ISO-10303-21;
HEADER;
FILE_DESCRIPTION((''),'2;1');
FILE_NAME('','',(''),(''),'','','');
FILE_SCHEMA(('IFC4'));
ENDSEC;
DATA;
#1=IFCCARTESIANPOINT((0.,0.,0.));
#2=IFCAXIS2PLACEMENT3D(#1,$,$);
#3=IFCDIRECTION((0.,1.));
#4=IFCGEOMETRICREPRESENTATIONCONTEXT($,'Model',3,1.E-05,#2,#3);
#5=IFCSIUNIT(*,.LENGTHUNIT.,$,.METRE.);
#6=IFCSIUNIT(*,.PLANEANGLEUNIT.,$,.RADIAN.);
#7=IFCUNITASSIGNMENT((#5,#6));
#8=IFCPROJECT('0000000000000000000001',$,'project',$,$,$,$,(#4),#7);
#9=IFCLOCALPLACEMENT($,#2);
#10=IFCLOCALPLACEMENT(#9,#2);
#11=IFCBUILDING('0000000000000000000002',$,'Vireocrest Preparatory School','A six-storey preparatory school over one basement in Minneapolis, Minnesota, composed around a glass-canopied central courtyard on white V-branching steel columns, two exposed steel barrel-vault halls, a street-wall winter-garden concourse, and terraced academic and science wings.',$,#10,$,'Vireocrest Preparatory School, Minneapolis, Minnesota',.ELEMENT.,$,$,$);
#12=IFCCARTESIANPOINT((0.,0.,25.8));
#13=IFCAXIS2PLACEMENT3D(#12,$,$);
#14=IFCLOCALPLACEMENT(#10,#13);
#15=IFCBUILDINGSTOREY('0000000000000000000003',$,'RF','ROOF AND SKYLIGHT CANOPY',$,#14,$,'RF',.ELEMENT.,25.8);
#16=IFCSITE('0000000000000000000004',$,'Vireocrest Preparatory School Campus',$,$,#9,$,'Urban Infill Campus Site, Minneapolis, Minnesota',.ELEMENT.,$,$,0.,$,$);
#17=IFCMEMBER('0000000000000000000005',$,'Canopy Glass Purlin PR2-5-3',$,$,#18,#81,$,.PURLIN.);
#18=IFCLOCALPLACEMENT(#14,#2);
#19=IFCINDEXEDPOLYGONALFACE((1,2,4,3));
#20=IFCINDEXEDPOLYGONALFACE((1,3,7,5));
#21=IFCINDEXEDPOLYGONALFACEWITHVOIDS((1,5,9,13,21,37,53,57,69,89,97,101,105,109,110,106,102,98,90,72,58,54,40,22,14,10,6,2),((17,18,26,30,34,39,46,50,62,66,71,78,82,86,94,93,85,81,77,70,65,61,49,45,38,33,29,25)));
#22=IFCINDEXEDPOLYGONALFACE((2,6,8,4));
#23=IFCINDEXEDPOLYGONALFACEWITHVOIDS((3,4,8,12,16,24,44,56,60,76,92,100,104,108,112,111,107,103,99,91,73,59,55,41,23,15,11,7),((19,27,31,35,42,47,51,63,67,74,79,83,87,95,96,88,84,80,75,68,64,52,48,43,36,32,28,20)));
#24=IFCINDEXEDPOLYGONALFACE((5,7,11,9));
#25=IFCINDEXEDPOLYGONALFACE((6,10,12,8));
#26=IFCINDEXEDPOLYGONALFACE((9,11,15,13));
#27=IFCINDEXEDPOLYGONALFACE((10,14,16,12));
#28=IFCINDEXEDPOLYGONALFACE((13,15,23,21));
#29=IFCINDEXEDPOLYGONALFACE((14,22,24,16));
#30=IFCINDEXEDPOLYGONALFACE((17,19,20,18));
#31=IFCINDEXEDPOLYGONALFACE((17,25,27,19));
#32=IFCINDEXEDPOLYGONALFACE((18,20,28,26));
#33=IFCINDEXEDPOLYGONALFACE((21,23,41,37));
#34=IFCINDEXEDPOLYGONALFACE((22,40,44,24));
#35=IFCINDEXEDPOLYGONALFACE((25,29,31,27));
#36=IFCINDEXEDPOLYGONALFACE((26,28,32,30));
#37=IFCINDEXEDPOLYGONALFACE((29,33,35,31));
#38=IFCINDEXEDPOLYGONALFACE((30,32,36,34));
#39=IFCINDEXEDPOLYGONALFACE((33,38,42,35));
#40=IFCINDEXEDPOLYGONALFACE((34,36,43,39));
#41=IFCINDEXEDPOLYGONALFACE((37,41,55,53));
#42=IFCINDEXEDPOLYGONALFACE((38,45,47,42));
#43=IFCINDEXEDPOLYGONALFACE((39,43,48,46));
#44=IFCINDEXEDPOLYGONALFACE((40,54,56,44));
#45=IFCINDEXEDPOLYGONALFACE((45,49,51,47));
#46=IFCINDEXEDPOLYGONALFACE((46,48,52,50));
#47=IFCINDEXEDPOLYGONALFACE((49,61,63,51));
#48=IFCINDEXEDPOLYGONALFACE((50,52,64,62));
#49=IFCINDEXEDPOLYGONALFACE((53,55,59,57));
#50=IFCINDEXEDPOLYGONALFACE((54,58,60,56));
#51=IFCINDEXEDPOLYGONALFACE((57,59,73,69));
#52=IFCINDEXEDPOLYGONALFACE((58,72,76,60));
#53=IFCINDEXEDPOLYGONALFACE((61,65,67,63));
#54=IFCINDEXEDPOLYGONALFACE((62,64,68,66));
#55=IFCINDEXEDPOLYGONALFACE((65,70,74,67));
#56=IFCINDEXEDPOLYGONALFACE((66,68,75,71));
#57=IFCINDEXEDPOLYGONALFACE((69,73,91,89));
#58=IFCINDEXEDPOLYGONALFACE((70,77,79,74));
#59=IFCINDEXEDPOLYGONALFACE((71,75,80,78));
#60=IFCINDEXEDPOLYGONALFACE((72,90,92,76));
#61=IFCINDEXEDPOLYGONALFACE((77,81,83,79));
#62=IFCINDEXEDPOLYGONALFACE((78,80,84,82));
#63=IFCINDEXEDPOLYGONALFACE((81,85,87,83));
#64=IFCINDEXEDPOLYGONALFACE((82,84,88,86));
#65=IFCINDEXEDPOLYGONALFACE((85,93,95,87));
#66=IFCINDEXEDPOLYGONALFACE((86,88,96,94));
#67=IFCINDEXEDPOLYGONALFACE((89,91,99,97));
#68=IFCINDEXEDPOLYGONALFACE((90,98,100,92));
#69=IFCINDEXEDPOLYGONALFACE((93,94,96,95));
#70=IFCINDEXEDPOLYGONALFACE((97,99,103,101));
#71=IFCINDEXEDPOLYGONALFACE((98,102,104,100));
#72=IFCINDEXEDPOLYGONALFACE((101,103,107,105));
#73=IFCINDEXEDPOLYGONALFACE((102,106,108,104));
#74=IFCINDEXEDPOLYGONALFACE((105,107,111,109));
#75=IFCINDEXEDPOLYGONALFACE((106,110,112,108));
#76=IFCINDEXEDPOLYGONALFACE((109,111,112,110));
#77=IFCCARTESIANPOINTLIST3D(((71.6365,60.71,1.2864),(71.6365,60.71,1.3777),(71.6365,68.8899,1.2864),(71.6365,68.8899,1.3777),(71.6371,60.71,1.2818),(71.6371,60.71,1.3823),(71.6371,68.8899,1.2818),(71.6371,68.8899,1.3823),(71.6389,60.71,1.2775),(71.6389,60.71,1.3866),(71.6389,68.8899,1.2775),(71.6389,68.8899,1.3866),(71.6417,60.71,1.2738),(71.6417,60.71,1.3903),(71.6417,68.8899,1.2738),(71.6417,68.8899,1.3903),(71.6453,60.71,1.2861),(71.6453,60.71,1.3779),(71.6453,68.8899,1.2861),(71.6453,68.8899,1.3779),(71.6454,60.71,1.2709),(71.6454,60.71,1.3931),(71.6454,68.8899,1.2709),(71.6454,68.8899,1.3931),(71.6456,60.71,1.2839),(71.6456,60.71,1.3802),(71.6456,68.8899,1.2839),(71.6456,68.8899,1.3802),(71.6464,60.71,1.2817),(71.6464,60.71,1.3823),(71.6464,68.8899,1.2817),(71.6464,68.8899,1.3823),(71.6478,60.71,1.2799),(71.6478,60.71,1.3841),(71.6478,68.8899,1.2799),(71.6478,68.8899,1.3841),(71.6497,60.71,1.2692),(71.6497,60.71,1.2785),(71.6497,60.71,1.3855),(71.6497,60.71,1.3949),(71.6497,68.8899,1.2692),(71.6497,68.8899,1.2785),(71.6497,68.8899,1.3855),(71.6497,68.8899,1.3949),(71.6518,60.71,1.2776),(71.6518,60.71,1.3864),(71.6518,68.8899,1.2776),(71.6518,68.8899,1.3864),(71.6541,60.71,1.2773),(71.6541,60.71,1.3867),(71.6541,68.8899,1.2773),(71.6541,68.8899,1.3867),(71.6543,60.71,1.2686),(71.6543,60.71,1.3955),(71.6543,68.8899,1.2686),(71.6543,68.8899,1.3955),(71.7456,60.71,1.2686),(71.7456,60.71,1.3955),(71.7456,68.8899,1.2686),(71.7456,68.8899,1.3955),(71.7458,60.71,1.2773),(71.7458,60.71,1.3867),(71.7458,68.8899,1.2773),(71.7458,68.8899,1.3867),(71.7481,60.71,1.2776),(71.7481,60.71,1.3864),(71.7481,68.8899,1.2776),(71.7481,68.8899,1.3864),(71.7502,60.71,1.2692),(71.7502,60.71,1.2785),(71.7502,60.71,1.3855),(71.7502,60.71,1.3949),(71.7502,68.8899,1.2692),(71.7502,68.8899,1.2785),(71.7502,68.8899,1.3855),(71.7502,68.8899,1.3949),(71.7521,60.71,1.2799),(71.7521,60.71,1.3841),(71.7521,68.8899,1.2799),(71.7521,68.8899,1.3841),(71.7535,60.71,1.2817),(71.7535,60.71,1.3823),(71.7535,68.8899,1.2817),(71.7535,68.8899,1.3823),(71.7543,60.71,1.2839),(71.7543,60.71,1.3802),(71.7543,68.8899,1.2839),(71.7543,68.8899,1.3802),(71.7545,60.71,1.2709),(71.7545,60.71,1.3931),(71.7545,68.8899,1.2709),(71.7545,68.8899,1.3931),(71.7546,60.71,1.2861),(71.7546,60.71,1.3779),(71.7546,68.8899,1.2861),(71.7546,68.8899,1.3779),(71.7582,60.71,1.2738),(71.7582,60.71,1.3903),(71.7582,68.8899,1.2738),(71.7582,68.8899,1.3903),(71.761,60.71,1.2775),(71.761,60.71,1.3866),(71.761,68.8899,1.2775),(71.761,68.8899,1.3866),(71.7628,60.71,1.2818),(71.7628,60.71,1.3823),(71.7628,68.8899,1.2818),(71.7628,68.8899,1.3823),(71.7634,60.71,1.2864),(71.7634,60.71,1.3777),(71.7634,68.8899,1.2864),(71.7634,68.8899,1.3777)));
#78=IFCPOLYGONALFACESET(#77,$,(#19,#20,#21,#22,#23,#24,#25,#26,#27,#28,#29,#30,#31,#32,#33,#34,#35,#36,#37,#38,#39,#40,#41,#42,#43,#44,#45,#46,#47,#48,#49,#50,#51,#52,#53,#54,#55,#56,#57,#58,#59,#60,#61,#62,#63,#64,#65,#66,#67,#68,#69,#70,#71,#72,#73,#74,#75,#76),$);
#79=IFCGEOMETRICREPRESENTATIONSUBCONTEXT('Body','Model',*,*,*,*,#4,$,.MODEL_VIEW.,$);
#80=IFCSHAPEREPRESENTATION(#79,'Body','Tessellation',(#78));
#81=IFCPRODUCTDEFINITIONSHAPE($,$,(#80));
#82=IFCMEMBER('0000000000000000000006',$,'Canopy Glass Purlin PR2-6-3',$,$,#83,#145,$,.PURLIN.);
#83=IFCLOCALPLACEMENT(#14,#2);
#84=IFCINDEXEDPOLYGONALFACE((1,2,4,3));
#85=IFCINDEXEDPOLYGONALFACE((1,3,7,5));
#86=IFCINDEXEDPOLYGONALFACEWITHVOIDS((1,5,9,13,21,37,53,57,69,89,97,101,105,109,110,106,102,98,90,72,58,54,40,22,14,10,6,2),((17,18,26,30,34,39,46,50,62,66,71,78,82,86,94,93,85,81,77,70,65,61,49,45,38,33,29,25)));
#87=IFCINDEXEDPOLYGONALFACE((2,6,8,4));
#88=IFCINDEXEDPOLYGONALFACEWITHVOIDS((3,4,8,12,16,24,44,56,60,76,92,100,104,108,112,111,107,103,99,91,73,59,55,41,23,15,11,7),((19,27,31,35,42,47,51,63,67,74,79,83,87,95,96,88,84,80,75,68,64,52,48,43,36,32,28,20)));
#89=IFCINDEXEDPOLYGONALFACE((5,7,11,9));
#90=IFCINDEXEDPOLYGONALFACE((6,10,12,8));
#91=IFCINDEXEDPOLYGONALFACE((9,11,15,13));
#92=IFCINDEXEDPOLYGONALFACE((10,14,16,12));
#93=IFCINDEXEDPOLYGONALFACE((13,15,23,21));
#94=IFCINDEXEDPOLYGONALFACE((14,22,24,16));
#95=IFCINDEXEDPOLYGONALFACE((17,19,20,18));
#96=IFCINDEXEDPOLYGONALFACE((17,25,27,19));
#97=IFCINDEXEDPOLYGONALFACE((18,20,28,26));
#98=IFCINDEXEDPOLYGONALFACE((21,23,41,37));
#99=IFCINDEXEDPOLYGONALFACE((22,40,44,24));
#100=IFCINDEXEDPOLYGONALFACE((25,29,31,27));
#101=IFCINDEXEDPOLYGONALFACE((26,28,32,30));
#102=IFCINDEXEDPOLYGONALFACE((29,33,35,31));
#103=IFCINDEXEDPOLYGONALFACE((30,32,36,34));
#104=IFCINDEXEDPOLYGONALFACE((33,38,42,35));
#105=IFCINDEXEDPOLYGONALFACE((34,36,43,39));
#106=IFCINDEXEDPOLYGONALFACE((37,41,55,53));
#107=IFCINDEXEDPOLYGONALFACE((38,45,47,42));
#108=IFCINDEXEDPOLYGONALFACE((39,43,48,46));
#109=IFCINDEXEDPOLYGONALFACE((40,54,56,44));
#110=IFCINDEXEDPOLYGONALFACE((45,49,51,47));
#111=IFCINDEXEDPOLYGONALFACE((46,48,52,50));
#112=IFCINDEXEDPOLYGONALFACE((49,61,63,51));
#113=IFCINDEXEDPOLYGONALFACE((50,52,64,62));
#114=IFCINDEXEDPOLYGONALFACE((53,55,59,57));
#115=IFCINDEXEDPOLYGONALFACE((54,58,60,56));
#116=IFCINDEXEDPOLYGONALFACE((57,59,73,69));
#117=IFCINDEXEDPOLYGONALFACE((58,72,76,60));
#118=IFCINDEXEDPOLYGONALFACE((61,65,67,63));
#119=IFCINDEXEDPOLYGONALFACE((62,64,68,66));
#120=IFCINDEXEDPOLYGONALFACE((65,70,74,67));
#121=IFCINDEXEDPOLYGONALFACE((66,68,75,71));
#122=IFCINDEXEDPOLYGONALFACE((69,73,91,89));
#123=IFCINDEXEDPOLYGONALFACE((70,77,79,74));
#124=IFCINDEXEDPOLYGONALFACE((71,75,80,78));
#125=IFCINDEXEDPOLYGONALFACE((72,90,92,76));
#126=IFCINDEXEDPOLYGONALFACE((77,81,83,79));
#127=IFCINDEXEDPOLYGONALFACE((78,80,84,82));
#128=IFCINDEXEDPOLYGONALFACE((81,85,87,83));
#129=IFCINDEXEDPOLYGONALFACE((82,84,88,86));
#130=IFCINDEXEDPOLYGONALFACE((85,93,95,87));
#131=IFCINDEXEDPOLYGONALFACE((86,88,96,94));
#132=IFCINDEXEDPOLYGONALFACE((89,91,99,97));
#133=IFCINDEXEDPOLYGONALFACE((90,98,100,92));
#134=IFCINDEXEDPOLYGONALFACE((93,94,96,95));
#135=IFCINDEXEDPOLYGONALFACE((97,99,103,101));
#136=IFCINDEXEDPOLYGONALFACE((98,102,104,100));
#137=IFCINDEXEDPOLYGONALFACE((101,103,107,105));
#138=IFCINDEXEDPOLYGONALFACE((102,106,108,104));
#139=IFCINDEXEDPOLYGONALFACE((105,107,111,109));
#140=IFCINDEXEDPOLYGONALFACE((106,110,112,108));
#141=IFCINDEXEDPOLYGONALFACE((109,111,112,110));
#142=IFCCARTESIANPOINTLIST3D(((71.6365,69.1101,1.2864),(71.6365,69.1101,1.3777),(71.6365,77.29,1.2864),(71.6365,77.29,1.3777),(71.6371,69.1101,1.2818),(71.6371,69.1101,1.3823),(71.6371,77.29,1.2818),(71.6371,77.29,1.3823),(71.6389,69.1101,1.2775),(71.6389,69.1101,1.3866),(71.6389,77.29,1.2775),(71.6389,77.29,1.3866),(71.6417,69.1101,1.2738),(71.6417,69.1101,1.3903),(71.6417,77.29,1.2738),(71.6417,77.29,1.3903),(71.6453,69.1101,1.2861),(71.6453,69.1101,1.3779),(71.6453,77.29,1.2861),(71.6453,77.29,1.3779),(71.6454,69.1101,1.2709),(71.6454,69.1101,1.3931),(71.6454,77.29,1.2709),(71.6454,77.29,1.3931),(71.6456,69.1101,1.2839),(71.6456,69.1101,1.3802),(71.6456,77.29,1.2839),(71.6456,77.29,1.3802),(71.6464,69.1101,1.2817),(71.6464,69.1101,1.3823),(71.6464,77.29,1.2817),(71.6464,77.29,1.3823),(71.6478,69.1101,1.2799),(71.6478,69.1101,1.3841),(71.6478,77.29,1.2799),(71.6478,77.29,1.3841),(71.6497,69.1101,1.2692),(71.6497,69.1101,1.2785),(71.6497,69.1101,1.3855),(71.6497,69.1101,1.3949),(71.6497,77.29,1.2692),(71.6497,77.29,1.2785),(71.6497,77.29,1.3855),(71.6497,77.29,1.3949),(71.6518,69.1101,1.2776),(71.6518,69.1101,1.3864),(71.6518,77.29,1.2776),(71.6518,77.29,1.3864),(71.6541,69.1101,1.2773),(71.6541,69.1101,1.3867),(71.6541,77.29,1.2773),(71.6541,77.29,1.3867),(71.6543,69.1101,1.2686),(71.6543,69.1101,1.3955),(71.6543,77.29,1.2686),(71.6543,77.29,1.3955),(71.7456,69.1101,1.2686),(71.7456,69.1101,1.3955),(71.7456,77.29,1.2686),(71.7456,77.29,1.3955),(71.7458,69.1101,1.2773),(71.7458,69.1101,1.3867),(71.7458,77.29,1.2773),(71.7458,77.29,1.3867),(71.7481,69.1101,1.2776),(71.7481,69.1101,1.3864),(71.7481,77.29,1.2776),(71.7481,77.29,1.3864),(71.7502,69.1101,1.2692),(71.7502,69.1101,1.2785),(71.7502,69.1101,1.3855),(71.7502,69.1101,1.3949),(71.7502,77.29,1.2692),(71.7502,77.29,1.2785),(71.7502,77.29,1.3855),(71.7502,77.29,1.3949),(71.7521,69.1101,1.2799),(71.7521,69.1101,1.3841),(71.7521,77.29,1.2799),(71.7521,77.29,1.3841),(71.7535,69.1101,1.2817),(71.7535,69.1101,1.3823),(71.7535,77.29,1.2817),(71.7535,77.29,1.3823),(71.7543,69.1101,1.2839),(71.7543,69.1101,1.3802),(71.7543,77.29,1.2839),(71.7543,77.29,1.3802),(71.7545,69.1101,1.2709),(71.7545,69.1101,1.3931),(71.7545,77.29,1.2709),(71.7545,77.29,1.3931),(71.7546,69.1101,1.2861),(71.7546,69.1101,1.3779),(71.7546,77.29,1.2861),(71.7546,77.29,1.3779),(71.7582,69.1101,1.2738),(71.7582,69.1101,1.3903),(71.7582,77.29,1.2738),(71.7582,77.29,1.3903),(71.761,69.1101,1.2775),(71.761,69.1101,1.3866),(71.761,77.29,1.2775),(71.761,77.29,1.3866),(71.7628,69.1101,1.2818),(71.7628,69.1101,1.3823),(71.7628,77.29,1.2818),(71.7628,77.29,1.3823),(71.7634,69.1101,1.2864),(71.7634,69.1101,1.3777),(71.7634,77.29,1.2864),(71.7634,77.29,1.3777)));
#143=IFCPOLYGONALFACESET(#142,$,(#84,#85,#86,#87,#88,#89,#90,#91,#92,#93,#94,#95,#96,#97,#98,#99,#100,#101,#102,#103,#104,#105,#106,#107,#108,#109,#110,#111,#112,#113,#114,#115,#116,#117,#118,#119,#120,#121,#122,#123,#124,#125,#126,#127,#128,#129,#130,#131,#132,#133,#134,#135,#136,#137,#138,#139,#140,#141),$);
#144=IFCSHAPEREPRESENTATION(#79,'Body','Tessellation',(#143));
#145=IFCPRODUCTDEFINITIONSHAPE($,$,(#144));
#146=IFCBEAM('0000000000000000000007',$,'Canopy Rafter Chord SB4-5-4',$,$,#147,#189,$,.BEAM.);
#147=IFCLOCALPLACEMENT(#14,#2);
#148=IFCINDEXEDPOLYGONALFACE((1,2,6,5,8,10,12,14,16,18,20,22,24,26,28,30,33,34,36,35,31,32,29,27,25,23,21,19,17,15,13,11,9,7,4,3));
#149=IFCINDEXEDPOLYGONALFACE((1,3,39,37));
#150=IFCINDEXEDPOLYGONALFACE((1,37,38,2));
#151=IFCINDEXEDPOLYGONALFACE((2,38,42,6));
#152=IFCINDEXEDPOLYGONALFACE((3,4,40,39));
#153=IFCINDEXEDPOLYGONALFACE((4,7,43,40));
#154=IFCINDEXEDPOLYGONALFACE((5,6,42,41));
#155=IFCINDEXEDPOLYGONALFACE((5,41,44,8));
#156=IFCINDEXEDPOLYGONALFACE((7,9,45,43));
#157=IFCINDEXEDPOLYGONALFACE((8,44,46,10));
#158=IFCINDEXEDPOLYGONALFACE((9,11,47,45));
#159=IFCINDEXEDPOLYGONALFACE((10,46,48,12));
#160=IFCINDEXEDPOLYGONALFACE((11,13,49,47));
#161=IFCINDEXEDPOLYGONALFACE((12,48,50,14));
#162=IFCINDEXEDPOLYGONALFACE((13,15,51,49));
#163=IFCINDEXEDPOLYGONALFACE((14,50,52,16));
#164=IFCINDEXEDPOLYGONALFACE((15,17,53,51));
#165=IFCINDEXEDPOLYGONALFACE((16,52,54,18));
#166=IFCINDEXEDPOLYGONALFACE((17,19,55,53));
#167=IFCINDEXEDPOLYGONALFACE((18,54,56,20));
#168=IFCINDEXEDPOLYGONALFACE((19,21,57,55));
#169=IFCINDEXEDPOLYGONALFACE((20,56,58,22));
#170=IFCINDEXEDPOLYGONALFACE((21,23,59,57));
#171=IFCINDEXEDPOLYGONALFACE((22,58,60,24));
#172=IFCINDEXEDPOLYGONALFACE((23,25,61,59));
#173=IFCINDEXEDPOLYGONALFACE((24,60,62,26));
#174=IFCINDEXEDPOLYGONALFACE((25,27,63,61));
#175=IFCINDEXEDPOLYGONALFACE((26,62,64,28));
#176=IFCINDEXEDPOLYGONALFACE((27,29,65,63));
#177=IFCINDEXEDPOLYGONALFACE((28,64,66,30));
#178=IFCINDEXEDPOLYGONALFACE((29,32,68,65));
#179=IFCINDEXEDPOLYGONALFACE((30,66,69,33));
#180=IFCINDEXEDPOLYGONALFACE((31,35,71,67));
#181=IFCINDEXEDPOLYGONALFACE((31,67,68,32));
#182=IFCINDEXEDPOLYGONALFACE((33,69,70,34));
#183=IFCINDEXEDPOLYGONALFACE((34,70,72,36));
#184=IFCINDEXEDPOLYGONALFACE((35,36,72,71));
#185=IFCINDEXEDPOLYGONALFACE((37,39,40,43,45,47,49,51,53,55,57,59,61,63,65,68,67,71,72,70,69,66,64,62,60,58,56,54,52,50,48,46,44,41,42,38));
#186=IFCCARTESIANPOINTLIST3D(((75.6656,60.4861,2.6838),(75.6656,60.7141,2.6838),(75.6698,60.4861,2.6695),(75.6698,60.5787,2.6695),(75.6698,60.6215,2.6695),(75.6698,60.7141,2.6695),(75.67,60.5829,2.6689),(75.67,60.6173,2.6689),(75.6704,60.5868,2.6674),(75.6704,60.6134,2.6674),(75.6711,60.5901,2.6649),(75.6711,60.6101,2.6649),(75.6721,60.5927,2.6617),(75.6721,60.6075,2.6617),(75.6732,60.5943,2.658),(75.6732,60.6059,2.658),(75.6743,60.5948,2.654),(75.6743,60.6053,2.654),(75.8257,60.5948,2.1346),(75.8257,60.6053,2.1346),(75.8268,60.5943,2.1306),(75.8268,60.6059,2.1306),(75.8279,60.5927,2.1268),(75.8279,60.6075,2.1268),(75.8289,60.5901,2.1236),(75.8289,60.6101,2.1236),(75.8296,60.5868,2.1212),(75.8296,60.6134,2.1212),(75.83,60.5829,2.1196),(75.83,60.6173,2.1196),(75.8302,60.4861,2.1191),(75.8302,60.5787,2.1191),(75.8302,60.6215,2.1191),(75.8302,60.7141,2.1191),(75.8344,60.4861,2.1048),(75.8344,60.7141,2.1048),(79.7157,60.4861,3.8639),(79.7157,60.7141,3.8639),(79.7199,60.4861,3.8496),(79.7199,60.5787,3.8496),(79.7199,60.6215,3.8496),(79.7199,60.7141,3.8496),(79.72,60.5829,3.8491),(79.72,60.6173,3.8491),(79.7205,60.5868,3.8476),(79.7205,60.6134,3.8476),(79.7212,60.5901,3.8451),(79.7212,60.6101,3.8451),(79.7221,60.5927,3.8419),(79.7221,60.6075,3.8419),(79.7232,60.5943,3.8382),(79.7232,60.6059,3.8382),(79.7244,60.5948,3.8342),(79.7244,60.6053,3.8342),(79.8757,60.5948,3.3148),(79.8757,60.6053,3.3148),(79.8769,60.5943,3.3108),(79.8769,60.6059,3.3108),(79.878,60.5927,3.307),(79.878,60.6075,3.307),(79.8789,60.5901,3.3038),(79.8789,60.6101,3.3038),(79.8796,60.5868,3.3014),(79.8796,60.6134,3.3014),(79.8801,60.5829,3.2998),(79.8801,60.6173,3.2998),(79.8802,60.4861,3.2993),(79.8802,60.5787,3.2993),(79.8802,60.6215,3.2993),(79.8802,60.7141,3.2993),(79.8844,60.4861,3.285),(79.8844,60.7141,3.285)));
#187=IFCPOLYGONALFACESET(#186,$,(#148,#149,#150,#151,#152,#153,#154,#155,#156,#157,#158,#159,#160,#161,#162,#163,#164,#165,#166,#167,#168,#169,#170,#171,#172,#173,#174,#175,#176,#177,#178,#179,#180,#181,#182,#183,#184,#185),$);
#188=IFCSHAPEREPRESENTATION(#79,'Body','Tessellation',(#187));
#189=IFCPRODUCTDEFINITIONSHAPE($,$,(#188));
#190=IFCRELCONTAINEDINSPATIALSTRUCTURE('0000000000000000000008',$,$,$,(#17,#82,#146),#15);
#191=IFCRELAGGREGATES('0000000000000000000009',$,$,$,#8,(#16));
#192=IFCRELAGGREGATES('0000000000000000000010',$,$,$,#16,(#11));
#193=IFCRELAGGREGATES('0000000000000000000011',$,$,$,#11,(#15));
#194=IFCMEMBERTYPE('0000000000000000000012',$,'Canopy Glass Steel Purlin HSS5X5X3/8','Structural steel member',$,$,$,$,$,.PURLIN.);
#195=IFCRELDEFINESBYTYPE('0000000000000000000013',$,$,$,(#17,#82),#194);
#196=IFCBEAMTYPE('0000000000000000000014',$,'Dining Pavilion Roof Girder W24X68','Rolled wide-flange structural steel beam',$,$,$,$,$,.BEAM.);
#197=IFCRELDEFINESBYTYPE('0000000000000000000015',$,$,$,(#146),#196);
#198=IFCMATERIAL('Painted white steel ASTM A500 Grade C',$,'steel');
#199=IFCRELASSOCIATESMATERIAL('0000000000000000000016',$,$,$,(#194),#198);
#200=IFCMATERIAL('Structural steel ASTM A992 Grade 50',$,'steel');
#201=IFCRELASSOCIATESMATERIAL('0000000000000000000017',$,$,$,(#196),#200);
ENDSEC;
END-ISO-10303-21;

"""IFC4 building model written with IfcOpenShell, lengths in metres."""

from ifc_helpers import new_model, si_unit, direction, frame, origin, origin_2d, place, context, subcontext, project, spatial, hollow_rectangle, i_section, extrude, material, material_profile, profile_set, type_object, element, save


model = new_model("IFC4")

# Units and contexts
model_context = context("Model", 3, precision=1e-05, world=origin(), true_north=direction((0.0, 1.0)))
body_context = subcontext(model_context, "Body", "Model", "MODEL_VIEW")
ifc_project = project(units=[si_unit("LENGTHUNIT", "METRE"), si_unit("PLANEANGLEUNIT", "RADIAN")], contexts=[model_context])

# Site, building, storey
site_placement = place(None, origin())
site = spatial("IfcSite", under=ifc_project, at=site_placement, Name="Vireocrest Preparatory School Campus", LongName="Urban Infill Campus Site, Minneapolis, Minnesota", CompositionType="ELEMENT", RefElevation=0.0)
building_placement = place(site_placement, origin())
building = spatial("IfcBuilding", under=site, at=building_placement, Name="Vireocrest Preparatory School", Description="A six-storey preparatory school over one basement in Minneapolis, Minnesota, composed around a glass-canopied central courtyard on white V-branching steel columns, two exposed steel barrel-vault halls, a street-wall winter-garden concourse, and terraced academic and science wings.", LongName="Vireocrest Preparatory School, Minneapolis, Minnesota", CompositionType="ELEMENT")
storey_placement = place(building_placement, frame((0.0, 0.0, 25.8)))
storey = spatial("IfcBuildingStorey", under=building, at=storey_placement, Name="RF", Description="ROOF AND SKYLIGHT CANOPY", LongName="RF", CompositionType="ELEMENT", Elevation=25.8)

# Members
ifc_material_1 = material(Name="Painted white steel ASTM A500 Grade C", Category="steel")
ifc_material_profile_1 = material_profile(ifc_material_1, hollow_rectangle(XDim=0.127, YDim=0.127, WallThickness=0.0088, InnerFilletRadius=0.0088, OuterFilletRadius=0.0178, at=origin_2d()), Name="HSS5X5X3/8")
ifc_profile_set_1 = profile_set([ifc_material_profile_1], Name="Painted white steel ASTM A500 Grade C")
member_type_1 = type_object("IfcMemberType", Name="Canopy Glass Steel Purlin HSS5X5X3/8", Description="Structural steel member", PredefinedType="PURLIN", material=ifc_profile_set_1)
for number, where, z_axis, x_axis, name in (
    (1, (71.7, 60.71, 1.332), (0.0, 1.0, 0.0), (-1.0, 0.0, 0.0), "Canopy Glass Purlin PR2-5-3"),
    (2, (71.7, 69.1101, 1.332), (0.0, 1.0, 0.0), (-1.0, 0.0, 0.0), "Canopy Glass Purlin PR2-6-3"),
):
    element("IfcMember", number, at=place(storey_placement, frame(where, z_axis=z_axis, x_axis=x_axis)), inside=storey, type_object=member_type_1, Name=name, PredefinedType="PURLIN", context=body_context, shape_type="SweptSolid", body=[
        extrude(hollow_rectangle(XDim=0.127, YDim=0.127, WallThickness=0.0088, InnerFilletRadius=0.0088, OuterFilletRadius=0.0178, at=origin_2d()), origin(), (0.0, 0.0, 1.0), 8.1799),
    ])

# Beam
ifc_material_2 = material(Name="Structural steel ASTM A992 Grade 50", Category="steel")
ifc_material_profile_2 = material_profile(ifc_material_2, i_section(OverallWidth=0.228, OverallDepth=0.603, WebThickness=0.0105, FlangeThickness=0.0149, FilletRadius=0.0161, at=origin_2d()), Name="W24X68")
ifc_profile_set_2 = profile_set([ifc_material_profile_2], Name="Structural steel ASTM A992 Grade 50")
beam_type = type_object("IfcBeamType", Name="Dining Pavilion Roof Girder W24X68", Description="Rolled wide-flange structural steel beam", PredefinedType="BEAM", material=ifc_profile_set_2)
beam_1_placement = place(storey_placement, frame((75.75, 60.6001, 2.3943), z_axis=(0.960069, 0.0, 0.279762), x_axis=(0.0, 1.0, 0.0)))
element("IfcBeam", 3, at=beam_1_placement, inside=storey, type_object=beam_type, Name="Canopy Rafter Chord SB4-5-4", PredefinedType="BEAM", context=body_context, shape_type="SweptSolid", body=[
    extrude(i_section(OverallWidth=0.228, OverallDepth=0.603, WebThickness=0.0105, FlangeThickness=0.0149, FilletRadius=0.0161, at=origin_2d()), origin(), (0.0, 0.0, 1.0), 4.2185),
])

save(model, "model.ifc")
